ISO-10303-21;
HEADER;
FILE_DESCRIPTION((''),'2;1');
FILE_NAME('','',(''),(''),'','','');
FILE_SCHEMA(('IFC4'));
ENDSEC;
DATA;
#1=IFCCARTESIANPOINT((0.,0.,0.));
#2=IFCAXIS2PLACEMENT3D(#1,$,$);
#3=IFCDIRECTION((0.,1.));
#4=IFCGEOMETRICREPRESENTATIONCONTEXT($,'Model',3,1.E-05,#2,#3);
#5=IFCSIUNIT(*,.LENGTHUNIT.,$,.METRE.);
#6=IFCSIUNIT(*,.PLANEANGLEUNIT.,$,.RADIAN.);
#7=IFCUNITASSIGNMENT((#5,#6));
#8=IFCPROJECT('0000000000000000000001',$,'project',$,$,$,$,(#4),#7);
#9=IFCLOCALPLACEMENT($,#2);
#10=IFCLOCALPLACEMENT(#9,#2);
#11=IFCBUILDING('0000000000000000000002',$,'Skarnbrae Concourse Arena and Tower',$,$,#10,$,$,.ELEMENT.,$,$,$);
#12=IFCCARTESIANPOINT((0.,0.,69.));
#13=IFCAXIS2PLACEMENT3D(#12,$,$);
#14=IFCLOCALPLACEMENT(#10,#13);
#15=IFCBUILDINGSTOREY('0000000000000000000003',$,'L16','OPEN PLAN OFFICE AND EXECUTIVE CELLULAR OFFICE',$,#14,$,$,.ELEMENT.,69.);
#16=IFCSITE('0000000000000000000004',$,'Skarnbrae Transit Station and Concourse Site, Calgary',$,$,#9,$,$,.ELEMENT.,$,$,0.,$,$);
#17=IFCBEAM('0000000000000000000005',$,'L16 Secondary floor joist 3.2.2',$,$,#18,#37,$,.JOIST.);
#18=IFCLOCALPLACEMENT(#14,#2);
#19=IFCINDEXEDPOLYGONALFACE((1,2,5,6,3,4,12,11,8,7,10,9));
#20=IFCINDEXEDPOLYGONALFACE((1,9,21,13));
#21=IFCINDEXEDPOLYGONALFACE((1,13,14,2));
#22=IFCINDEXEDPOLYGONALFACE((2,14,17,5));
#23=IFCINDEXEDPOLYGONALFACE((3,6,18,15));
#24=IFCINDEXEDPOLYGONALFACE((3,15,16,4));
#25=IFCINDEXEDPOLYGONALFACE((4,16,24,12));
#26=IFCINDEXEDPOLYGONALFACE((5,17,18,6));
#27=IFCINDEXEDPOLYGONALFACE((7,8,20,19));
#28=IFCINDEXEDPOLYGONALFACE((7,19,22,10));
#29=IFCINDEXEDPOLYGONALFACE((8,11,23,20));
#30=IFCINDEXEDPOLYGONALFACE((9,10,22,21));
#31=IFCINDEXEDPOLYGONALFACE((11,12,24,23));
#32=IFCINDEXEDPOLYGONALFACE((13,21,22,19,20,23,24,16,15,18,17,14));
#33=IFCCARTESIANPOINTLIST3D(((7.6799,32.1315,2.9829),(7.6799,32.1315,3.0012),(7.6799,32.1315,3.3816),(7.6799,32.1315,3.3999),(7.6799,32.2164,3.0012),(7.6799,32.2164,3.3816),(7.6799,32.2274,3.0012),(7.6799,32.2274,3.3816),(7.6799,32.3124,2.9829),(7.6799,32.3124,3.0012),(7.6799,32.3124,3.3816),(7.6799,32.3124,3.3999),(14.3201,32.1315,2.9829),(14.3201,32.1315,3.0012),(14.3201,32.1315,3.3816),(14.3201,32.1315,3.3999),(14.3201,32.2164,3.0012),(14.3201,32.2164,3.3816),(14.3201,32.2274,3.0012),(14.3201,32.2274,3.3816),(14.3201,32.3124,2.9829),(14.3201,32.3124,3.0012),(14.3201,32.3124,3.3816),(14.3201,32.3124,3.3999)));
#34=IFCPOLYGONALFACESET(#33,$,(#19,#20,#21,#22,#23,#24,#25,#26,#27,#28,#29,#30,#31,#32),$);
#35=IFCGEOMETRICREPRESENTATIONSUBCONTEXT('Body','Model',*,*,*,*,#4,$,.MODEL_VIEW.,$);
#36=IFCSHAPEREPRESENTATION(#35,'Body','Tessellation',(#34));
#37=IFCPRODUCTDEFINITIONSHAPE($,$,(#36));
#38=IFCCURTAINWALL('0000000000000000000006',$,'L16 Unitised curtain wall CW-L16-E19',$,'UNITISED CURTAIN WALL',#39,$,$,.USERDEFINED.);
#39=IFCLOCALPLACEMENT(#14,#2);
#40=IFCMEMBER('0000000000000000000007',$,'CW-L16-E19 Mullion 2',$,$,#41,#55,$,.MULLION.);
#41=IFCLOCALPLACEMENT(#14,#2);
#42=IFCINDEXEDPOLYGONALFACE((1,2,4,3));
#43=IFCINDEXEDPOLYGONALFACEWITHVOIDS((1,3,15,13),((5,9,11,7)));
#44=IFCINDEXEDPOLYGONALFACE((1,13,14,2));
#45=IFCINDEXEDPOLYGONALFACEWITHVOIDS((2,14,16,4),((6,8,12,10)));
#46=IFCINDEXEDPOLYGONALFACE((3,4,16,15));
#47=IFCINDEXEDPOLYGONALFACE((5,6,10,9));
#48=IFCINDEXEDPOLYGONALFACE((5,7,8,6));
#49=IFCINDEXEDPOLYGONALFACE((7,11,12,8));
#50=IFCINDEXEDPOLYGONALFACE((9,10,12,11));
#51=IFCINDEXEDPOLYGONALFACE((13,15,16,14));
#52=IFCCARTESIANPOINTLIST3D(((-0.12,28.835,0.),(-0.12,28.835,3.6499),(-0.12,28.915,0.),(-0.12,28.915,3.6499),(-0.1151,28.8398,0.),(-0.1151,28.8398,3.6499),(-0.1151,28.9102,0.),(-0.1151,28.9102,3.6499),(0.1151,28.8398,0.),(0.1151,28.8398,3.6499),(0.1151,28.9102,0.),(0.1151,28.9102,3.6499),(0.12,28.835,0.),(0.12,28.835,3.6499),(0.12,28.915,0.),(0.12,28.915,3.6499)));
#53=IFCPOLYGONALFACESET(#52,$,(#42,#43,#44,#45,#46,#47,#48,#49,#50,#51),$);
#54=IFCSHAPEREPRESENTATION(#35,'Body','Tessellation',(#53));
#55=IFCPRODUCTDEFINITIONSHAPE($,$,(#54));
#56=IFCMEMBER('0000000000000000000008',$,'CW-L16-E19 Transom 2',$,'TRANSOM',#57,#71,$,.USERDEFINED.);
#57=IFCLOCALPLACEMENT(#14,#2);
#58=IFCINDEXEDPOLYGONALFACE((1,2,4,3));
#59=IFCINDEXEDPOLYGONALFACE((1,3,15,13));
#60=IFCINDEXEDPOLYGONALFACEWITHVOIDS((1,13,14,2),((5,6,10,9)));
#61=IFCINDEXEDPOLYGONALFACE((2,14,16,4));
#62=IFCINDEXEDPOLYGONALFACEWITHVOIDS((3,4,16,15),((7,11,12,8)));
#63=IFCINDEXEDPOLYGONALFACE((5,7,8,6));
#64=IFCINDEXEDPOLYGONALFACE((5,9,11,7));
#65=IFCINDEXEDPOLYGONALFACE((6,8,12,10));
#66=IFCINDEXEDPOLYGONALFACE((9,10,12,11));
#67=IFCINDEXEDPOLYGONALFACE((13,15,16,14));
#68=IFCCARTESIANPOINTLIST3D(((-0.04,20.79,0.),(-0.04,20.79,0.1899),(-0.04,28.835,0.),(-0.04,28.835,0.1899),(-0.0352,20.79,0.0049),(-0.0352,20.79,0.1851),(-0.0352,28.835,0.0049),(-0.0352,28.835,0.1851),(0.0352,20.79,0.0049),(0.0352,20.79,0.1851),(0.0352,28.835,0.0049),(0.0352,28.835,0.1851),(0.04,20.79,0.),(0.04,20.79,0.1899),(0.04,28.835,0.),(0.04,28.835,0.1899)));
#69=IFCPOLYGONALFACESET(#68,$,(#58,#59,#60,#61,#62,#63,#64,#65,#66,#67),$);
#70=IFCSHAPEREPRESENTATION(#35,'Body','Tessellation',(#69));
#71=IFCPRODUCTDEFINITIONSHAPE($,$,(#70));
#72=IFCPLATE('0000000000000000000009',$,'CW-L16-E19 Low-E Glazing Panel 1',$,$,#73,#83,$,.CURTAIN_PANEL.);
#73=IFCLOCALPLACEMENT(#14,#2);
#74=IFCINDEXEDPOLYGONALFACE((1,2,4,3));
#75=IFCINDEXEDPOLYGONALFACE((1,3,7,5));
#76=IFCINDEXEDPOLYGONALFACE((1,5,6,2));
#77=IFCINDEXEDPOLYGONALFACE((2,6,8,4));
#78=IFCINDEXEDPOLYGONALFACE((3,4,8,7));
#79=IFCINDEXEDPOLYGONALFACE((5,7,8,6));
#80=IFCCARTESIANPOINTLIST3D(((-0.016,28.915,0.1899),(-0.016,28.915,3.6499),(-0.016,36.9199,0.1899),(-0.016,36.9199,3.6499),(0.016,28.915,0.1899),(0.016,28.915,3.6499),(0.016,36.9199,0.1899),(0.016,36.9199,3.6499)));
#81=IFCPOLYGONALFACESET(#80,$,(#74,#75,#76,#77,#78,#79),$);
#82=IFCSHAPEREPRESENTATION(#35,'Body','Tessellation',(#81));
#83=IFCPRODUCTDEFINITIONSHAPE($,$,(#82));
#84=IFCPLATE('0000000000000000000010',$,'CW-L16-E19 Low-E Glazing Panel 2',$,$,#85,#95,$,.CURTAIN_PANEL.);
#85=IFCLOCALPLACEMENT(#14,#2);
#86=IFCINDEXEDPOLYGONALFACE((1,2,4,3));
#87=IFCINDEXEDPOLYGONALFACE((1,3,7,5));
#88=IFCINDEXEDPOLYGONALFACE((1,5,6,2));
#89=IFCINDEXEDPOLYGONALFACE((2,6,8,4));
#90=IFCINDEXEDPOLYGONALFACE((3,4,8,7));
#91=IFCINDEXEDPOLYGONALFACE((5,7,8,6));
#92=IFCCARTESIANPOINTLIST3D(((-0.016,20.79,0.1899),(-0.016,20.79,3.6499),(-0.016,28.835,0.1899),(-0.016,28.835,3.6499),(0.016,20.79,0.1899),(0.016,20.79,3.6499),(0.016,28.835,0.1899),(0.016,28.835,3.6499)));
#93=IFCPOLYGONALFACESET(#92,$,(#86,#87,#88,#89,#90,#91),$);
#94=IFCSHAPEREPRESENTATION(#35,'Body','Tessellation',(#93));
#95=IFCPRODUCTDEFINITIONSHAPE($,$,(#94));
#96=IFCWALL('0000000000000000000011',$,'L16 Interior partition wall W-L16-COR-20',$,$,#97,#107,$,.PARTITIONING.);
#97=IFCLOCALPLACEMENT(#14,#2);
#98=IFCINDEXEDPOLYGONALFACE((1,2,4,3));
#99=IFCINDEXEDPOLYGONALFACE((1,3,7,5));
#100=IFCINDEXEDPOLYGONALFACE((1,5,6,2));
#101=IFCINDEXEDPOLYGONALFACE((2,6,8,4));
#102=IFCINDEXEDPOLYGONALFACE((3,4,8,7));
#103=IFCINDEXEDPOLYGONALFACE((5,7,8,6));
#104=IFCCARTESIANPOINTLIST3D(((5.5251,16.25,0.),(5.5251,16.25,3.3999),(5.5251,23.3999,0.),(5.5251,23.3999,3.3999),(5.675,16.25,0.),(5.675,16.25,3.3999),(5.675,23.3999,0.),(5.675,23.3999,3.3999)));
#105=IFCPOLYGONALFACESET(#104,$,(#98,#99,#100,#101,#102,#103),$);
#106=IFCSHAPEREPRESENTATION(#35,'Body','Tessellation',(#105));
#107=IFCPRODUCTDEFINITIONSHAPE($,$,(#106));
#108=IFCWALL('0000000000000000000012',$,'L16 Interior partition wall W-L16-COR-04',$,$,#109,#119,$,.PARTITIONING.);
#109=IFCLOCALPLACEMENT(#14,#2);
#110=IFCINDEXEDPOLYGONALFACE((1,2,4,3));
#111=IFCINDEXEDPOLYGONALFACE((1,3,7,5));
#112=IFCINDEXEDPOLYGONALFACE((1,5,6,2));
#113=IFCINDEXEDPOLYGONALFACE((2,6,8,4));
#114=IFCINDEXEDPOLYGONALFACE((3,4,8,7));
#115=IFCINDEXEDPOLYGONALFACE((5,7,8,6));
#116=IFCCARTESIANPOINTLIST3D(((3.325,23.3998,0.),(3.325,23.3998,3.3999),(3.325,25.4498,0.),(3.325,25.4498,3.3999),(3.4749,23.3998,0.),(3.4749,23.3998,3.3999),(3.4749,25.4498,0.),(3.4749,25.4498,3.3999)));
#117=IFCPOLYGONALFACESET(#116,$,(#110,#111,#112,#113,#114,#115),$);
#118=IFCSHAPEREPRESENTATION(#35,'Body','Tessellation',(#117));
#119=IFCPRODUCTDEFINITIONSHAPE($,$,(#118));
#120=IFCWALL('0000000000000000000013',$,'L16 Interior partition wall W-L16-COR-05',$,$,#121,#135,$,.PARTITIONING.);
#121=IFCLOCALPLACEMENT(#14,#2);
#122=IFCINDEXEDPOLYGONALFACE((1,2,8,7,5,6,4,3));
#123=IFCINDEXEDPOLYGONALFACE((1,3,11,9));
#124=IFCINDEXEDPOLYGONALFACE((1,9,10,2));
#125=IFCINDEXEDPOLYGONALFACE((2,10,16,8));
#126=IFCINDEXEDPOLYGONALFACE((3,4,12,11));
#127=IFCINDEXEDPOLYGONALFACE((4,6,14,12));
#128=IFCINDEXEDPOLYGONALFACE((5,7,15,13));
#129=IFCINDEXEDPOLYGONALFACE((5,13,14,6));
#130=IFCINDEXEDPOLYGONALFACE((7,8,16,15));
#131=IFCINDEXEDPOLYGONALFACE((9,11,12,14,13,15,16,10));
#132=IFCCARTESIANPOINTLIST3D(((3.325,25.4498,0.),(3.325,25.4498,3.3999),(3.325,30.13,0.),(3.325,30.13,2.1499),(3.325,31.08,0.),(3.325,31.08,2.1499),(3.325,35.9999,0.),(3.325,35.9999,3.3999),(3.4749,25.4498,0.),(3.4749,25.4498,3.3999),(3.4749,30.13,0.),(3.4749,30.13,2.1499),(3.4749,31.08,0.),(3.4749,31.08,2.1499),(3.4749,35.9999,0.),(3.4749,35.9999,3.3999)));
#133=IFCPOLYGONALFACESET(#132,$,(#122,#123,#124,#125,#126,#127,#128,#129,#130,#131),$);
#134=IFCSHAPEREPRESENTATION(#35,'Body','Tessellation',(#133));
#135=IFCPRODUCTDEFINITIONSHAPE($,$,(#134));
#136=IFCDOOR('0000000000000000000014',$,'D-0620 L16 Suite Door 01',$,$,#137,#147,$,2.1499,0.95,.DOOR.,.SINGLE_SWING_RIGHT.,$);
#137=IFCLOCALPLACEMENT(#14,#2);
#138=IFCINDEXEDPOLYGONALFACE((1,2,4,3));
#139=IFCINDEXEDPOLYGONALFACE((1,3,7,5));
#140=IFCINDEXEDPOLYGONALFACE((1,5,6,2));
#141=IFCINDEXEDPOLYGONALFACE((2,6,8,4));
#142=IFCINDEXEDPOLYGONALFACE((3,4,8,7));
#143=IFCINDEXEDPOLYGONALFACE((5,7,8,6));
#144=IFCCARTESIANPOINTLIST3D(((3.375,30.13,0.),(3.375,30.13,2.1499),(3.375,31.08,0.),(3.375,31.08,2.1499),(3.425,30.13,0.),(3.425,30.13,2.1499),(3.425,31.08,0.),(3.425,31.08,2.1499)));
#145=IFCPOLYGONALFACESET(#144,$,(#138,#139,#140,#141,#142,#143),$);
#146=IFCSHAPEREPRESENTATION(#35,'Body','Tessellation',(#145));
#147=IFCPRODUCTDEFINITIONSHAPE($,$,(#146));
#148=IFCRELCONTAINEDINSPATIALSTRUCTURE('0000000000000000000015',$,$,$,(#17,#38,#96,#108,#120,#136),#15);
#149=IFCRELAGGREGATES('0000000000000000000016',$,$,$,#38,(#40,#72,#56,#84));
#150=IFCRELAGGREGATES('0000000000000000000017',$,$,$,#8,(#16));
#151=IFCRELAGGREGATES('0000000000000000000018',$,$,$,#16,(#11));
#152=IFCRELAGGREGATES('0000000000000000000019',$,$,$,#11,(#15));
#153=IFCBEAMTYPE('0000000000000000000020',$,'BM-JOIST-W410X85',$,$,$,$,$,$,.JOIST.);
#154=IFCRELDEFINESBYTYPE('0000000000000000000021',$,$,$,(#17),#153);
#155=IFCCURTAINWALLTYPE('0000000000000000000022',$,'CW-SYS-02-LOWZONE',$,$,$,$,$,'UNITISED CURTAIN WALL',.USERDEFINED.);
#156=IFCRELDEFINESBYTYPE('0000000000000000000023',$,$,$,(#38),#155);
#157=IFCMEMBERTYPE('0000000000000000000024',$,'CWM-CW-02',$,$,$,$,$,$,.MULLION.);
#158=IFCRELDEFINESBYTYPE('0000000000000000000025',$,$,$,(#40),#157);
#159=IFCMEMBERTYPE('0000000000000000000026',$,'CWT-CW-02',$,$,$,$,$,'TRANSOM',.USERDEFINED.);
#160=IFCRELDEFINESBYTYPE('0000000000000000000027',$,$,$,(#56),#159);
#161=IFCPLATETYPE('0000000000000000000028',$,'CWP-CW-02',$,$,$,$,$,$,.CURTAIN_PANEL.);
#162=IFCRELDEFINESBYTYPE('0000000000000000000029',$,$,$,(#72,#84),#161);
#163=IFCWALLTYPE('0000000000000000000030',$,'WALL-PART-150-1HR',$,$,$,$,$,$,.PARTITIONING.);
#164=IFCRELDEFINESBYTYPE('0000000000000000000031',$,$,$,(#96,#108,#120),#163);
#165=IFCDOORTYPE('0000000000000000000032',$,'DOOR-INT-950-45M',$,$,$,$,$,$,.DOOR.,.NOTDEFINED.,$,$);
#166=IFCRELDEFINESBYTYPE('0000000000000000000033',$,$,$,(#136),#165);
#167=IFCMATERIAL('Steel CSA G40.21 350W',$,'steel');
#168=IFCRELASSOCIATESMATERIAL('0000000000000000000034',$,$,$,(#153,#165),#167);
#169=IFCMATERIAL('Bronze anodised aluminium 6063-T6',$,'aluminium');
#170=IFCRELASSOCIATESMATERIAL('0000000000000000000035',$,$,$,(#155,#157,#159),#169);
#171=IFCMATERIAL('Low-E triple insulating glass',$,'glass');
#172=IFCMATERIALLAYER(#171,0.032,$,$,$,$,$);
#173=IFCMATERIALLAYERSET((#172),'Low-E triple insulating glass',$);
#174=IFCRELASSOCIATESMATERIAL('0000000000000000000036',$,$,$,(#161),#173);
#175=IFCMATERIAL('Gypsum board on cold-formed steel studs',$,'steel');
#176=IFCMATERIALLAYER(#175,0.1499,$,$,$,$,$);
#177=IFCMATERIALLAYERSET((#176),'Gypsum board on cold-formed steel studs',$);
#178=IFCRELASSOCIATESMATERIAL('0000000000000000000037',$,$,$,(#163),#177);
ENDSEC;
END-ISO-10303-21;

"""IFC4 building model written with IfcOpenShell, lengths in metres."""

from ifc_helpers import new_model, si_unit, direction, frame, frame_2d, origin, origin_2d, place, context, subcontext, project, spatial, rectangle, hollow_rectangle, i_section, extrude, source, transform, mapped, material, layer, layer_set, material_profile, profile_set, type_object, element, fill, aggregate, save


model = new_model("IFC4")

# Units and contexts
model_context = context("Model", 3, precision=1e-05, world=origin(), true_north=direction((0.0, 1.0)))
body_context = subcontext(model_context, "Body", "Model", "MODEL_VIEW")
ifc_project = project(units=[si_unit("LENGTHUNIT", "METRE"), si_unit("PLANEANGLEUNIT", "RADIAN")], contexts=[model_context])

# Site, building, storey
site_placement = place(None, origin())
site = spatial("IfcSite", under=ifc_project, at=site_placement, Name="Skarnbrae Transit Station and Concourse Site, Calgary", CompositionType="ELEMENT", RefElevation=0.0)
building_placement = place(site_placement, origin())
building = spatial("IfcBuilding", under=site, at=building_placement, Name="Skarnbrae Concourse Arena and Tower", CompositionType="ELEMENT")
storey_placement = place(building_placement, frame((0.0, 0.0, 69.0)))
storey = spatial("IfcBuildingStorey", under=building, at=storey_placement, Name="L16", Description="OPEN PLAN OFFICE AND EXECUTIVE CELLULAR OFFICE", CompositionType="ELEMENT", Elevation=69.0)

# Shared definitions
ifc_material_1 = material(Name="Steel CSA G40.21 350W", Category="steel")

# Beam
ifc_material_profile_1 = material_profile(ifc_material_1, i_section(OverallWidth=0.1809, OverallDepth=0.417, WebThickness=0.011, FlangeThickness=0.0183, at=origin_2d()), Name="W410X85")
ifc_profile_set_1 = profile_set([ifc_material_profile_1], Name="Steel CSA G40.21 350W")
beam_type_1 = type_object("IfcBeamType", Name="BM-JOIST-W410X85", PredefinedType="JOIST", material=ifc_profile_set_1)
shared_shape_1 = source(origin(), body_context, "Body", "SweptSolid", [
    extrude(i_section(OverallWidth=0.1809, OverallDepth=0.417, WebThickness=0.011, FlangeThickness=0.0183, at=origin_2d()), origin(), (0.0, 0.0, 1.0), 6.6401),
])
for number, where, z_axis, x_axis, name in (
    (1, (7.6799, 32.2219, 3.1914), (1.0, 0.0, 0.0), (0.0, 1.0, 0.0), "L16 Secondary floor joist 3.2.2"),
):
    element("IfcBeam", number, at=place(storey_placement, frame(where, z_axis=z_axis, x_axis=x_axis)), inside=storey, type_object=beam_type_1, Name=name, PredefinedType="JOIST", context=body_context, shape_type="MappedRepresentation", body=[
        mapped(shared_shape_1, transform((0.0, 0.0, 0.0))),
    ])

# Curtain wall, members, plates
ifc_material_2 = material(Name="Bronze anodised aluminium 6063-T6", Category="aluminium")
curtain_wall_type = type_object("IfcCurtainWallType", Name="CW-SYS-02-LOWZONE", ElementType="UNITISED CURTAIN WALL", PredefinedType="USERDEFINED", material=ifc_material_2)
curtain_wall_placement = place(storey_placement, origin())
curtain_wall = element("IfcCurtainWall", 2, at=curtain_wall_placement, inside=storey, type_object=curtain_wall_type, Name="L16 Unitised curtain wall CW-L16-E19", ObjectType="UNITISED CURTAIN WALL", PredefinedType="USERDEFINED")
ifc_material_profile_2 = material_profile(ifc_material_2, hollow_rectangle(XDim=0.0801, YDim=0.24, WallThickness=0.0049, at=origin_2d()), Name="ALU-MULL-80X240")
ifc_profile_set_2 = profile_set([ifc_material_profile_2], Name="Bronze anodised aluminium 6063-T6")
member_type_1 = type_object("IfcMemberType", Name="CWM-CW-02", PredefinedType="MULLION", material=ifc_profile_set_2)
shared_shape_2 = source(origin(), body_context, "Body", "SweptSolid", [
    extrude(hollow_rectangle(XDim=0.0801, YDim=0.24, WallThickness=0.0049, at=origin_2d()), origin(), (0.0, 0.0, 1.0), 3.6499),
])
member_1_placement = place(storey_placement, frame((0.0, 28.875, 0.0), z_axis=(0.0, 0.0, 1.0), x_axis=(0.0, -1.0, 0.0)))
member_1 = element("IfcMember", 3, at=member_1_placement, type_object=member_type_1, Name="CW-L16-E19 Mullion 2", PredefinedType="MULLION", context=body_context, shape_type="MappedRepresentation", body=[
    mapped(shared_shape_2, transform((0.0, 0.0, 0.0))),
])
ifc_material_profile_3 = material_profile(ifc_material_2, hollow_rectangle(XDim=0.0801, YDim=0.1899, WallThickness=0.0049, at=origin_2d()), Name="ALU-TRAN-80X190")
ifc_profile_set_3 = profile_set([ifc_material_profile_3], Name="Bronze anodised aluminium 6063-T6")
member_type_2 = type_object("IfcMemberType", Name="CWT-CW-02", ElementType="TRANSOM", PredefinedType="USERDEFINED", material=ifc_profile_set_3)
shared_shape_3 = source(origin(), body_context, "Body", "SweptSolid", [
    extrude(hollow_rectangle(XDim=0.0801, YDim=0.1899, WallThickness=0.0049, at=origin_2d()), origin(), (0.0, 0.0, 1.0), 8.0449),
])
member_2_placement = place(storey_placement, frame((0.0, 28.835, 0.095), z_axis=(0.0, -1.0, 0.0), x_axis=(1.0, 0.0, 0.0)))
member_2 = element("IfcMember", 4, at=member_2_placement, type_object=member_type_2, Name="CW-L16-E19 Transom 2", ObjectType="TRANSOM", PredefinedType="USERDEFINED", context=body_context, shape_type="MappedRepresentation", body=[
    mapped(shared_shape_3, transform((0.0, 0.0, 0.0))),
])
ifc_material_3 = material(Name="Low-E triple insulating glass", Category="glass")
ifc_layer_1 = layer(ifc_material_3, 0.032)
ifc_layer_set_1 = layer_set([ifc_layer_1], Name="Low-E triple insulating glass")
plate_type = type_object("IfcPlateType", Name="CWP-CW-02", PredefinedType="CURTAIN_PANEL", material=ifc_layer_set_1)
shared_shape_4 = source(origin(), body_context, "Body", "SweptSolid", [
    extrude(rectangle(XDim=8.0049, YDim=0.032, at=origin_2d()), origin(), (0.0, 0.0, 1.0), 3.46),
])
plate_1_placement = place(storey_placement, frame((0.0, 32.9175, 0.1899), z_axis=(0.0, 0.0, 1.0), x_axis=(0.0, -1.0, 0.0)))
plate_1 = element("IfcPlate", 5, at=plate_1_placement, type_object=plate_type, Name="CW-L16-E19 Low-E Glazing Panel 1", PredefinedType="CURTAIN_PANEL", context=body_context, shape_type="MappedRepresentation", body=[
    mapped(shared_shape_4, transform((0.0, 0.0, 0.0))),
])
shared_shape_5 = source(origin(), body_context, "Body", "SweptSolid", [
    extrude(rectangle(XDim=8.0449, YDim=0.032, at=origin_2d()), origin(), (0.0, 0.0, 1.0), 3.46),
])
plate_2_placement = place(storey_placement, frame((0.0, 24.8125, 0.1899), z_axis=(0.0, 0.0, 1.0), x_axis=(0.0, -1.0, 0.0)))
plate_2 = element("IfcPlate", 6, at=plate_2_placement, type_object=plate_type, Name="CW-L16-E19 Low-E Glazing Panel 2", PredefinedType="CURTAIN_PANEL", context=body_context, shape_type="MappedRepresentation", body=[
    mapped(shared_shape_5, transform((0.0, 0.0, 0.0))),
])
aggregate(curtain_wall, [member_1, plate_1, member_2, plate_2])

# Walls
ifc_material_4 = material(Name="Gypsum board on cold-formed steel studs", Category="steel")
ifc_layer_2 = layer(ifc_material_4, 0.1499)
ifc_layer_set_2 = layer_set([ifc_layer_2], Name="Gypsum board on cold-formed steel studs")
wall_type = type_object("IfcWallType", Name="WALL-PART-150-1HR", PredefinedType="PARTITIONING", material=ifc_layer_set_2)
shared_shape_6 = source(origin(), body_context, "Body", "SweptSolid", [
    extrude(rectangle(XDim=7.1499, YDim=0.1499, at=frame_2d((3.575, 0.0))), origin(), (0.0, 0.0, 1.0), 3.3999),
])
wall_1_placement = place(storey_placement, frame((5.6001, 23.3999, 0.0), z_axis=(0.0, 0.0, 1.0), x_axis=(0.0, -1.0, 0.0)))
element("IfcWall", 7, at=wall_1_placement, inside=storey, type_object=wall_type, Name="L16 Interior partition wall W-L16-COR-20", PredefinedType="PARTITIONING", context=body_context, shape_type="MappedRepresentation", body=[
    mapped(shared_shape_6, transform((0.0, 0.0, 0.0))),
])
shared_shape_7 = source(origin(), body_context, "Body", "SweptSolid", [
    extrude(rectangle(XDim=2.05, YDim=0.1499, at=frame_2d((1.0249, 0.0))), origin(), (0.0, 0.0, 1.0), 3.3999),
])
wall_2_placement = place(storey_placement, frame((3.3999, 23.3999, 0.0), z_axis=(0.0, 0.0, 1.0), x_axis=(0.0, 1.0, 0.0)))
element("IfcWall", 8, at=wall_2_placement, inside=storey, type_object=wall_type, Name="L16 Interior partition wall W-L16-COR-04", PredefinedType="PARTITIONING", context=body_context, shape_type="MappedRepresentation", body=[
    mapped(shared_shape_7, transform((0.0, 0.0, 0.0))),
])

# Wall, opening, door
shared_shape_8 = source(origin(), body_context, "Body", "SweptSolid", [
    extrude(rectangle(XDim=10.55, YDim=0.1499, at=frame_2d((5.2749, 0.0))), origin(), (0.0, 0.0, 1.0), 3.3999),
])
wall_3_placement = place(storey_placement, frame((3.3999, 25.45, 0.0), z_axis=(0.0, 0.0, 1.0), x_axis=(0.0, 1.0, 0.0)))
wall_3 = element("IfcWall", 9, at=wall_3_placement, inside=storey, type_object=wall_type, Name="L16 Interior partition wall W-L16-COR-05", PredefinedType="PARTITIONING", context=body_context, shape_type="MappedRepresentation", body=[
    mapped(shared_shape_8, transform((0.0, 0.0, 0.0))),
])
opening_1_placement = place(wall_3_placement, frame((4.6799, 0.0, 0.0)))
opening_1 = element("IfcOpeningElement", 10, at=opening_1_placement, cuts=wall_3, PredefinedType="OPENING", context=body_context, shape_type="SweptSolid", body=[
    extrude(rectangle(XDim=0.95, YDim=2.1499, at=frame_2d((0.4751, 1.075))), frame((0.0, 0.085, 0.0), z_axis=(0.0, -1.0, 0.0), x_axis=(1.0, 0.0, 0.0)), (0.0, 0.0, 1.0), 0.1699),
])
door_type = type_object("IfcDoorType", Name="DOOR-INT-950-45M", OperationType="NOTDEFINED", PredefinedType="DOOR", material=ifc_material_1)
shared_shape_9 = source(origin(), body_context, "Body", "SweptSolid", [
    extrude(rectangle(XDim=0.95, YDim=2.1499, at=frame_2d((0.4751, 1.075))), frame((0.0, 0.0249, 0.0), z_axis=(0.0, -1.0, 0.0), x_axis=(1.0, 0.0, 0.0)), (0.0, 0.0, 1.0), 0.05),
])
door_1_placement = place(opening_1_placement, origin())
door_1 = element("IfcDoor", 11, at=door_1_placement, inside=storey, type_object=door_type, Name="D-0620 L16 Suite Door 01", OperationType="SINGLE_SWING_RIGHT", OverallHeight=2.1499, OverallWidth=0.95, PredefinedType="DOOR", context=body_context, shape_type="MappedRepresentation", body=[
    mapped(shared_shape_9, transform((0.0, 0.0, 0.0))),
])
fill(opening_1, door_1)

save(model, "model.ifc")
